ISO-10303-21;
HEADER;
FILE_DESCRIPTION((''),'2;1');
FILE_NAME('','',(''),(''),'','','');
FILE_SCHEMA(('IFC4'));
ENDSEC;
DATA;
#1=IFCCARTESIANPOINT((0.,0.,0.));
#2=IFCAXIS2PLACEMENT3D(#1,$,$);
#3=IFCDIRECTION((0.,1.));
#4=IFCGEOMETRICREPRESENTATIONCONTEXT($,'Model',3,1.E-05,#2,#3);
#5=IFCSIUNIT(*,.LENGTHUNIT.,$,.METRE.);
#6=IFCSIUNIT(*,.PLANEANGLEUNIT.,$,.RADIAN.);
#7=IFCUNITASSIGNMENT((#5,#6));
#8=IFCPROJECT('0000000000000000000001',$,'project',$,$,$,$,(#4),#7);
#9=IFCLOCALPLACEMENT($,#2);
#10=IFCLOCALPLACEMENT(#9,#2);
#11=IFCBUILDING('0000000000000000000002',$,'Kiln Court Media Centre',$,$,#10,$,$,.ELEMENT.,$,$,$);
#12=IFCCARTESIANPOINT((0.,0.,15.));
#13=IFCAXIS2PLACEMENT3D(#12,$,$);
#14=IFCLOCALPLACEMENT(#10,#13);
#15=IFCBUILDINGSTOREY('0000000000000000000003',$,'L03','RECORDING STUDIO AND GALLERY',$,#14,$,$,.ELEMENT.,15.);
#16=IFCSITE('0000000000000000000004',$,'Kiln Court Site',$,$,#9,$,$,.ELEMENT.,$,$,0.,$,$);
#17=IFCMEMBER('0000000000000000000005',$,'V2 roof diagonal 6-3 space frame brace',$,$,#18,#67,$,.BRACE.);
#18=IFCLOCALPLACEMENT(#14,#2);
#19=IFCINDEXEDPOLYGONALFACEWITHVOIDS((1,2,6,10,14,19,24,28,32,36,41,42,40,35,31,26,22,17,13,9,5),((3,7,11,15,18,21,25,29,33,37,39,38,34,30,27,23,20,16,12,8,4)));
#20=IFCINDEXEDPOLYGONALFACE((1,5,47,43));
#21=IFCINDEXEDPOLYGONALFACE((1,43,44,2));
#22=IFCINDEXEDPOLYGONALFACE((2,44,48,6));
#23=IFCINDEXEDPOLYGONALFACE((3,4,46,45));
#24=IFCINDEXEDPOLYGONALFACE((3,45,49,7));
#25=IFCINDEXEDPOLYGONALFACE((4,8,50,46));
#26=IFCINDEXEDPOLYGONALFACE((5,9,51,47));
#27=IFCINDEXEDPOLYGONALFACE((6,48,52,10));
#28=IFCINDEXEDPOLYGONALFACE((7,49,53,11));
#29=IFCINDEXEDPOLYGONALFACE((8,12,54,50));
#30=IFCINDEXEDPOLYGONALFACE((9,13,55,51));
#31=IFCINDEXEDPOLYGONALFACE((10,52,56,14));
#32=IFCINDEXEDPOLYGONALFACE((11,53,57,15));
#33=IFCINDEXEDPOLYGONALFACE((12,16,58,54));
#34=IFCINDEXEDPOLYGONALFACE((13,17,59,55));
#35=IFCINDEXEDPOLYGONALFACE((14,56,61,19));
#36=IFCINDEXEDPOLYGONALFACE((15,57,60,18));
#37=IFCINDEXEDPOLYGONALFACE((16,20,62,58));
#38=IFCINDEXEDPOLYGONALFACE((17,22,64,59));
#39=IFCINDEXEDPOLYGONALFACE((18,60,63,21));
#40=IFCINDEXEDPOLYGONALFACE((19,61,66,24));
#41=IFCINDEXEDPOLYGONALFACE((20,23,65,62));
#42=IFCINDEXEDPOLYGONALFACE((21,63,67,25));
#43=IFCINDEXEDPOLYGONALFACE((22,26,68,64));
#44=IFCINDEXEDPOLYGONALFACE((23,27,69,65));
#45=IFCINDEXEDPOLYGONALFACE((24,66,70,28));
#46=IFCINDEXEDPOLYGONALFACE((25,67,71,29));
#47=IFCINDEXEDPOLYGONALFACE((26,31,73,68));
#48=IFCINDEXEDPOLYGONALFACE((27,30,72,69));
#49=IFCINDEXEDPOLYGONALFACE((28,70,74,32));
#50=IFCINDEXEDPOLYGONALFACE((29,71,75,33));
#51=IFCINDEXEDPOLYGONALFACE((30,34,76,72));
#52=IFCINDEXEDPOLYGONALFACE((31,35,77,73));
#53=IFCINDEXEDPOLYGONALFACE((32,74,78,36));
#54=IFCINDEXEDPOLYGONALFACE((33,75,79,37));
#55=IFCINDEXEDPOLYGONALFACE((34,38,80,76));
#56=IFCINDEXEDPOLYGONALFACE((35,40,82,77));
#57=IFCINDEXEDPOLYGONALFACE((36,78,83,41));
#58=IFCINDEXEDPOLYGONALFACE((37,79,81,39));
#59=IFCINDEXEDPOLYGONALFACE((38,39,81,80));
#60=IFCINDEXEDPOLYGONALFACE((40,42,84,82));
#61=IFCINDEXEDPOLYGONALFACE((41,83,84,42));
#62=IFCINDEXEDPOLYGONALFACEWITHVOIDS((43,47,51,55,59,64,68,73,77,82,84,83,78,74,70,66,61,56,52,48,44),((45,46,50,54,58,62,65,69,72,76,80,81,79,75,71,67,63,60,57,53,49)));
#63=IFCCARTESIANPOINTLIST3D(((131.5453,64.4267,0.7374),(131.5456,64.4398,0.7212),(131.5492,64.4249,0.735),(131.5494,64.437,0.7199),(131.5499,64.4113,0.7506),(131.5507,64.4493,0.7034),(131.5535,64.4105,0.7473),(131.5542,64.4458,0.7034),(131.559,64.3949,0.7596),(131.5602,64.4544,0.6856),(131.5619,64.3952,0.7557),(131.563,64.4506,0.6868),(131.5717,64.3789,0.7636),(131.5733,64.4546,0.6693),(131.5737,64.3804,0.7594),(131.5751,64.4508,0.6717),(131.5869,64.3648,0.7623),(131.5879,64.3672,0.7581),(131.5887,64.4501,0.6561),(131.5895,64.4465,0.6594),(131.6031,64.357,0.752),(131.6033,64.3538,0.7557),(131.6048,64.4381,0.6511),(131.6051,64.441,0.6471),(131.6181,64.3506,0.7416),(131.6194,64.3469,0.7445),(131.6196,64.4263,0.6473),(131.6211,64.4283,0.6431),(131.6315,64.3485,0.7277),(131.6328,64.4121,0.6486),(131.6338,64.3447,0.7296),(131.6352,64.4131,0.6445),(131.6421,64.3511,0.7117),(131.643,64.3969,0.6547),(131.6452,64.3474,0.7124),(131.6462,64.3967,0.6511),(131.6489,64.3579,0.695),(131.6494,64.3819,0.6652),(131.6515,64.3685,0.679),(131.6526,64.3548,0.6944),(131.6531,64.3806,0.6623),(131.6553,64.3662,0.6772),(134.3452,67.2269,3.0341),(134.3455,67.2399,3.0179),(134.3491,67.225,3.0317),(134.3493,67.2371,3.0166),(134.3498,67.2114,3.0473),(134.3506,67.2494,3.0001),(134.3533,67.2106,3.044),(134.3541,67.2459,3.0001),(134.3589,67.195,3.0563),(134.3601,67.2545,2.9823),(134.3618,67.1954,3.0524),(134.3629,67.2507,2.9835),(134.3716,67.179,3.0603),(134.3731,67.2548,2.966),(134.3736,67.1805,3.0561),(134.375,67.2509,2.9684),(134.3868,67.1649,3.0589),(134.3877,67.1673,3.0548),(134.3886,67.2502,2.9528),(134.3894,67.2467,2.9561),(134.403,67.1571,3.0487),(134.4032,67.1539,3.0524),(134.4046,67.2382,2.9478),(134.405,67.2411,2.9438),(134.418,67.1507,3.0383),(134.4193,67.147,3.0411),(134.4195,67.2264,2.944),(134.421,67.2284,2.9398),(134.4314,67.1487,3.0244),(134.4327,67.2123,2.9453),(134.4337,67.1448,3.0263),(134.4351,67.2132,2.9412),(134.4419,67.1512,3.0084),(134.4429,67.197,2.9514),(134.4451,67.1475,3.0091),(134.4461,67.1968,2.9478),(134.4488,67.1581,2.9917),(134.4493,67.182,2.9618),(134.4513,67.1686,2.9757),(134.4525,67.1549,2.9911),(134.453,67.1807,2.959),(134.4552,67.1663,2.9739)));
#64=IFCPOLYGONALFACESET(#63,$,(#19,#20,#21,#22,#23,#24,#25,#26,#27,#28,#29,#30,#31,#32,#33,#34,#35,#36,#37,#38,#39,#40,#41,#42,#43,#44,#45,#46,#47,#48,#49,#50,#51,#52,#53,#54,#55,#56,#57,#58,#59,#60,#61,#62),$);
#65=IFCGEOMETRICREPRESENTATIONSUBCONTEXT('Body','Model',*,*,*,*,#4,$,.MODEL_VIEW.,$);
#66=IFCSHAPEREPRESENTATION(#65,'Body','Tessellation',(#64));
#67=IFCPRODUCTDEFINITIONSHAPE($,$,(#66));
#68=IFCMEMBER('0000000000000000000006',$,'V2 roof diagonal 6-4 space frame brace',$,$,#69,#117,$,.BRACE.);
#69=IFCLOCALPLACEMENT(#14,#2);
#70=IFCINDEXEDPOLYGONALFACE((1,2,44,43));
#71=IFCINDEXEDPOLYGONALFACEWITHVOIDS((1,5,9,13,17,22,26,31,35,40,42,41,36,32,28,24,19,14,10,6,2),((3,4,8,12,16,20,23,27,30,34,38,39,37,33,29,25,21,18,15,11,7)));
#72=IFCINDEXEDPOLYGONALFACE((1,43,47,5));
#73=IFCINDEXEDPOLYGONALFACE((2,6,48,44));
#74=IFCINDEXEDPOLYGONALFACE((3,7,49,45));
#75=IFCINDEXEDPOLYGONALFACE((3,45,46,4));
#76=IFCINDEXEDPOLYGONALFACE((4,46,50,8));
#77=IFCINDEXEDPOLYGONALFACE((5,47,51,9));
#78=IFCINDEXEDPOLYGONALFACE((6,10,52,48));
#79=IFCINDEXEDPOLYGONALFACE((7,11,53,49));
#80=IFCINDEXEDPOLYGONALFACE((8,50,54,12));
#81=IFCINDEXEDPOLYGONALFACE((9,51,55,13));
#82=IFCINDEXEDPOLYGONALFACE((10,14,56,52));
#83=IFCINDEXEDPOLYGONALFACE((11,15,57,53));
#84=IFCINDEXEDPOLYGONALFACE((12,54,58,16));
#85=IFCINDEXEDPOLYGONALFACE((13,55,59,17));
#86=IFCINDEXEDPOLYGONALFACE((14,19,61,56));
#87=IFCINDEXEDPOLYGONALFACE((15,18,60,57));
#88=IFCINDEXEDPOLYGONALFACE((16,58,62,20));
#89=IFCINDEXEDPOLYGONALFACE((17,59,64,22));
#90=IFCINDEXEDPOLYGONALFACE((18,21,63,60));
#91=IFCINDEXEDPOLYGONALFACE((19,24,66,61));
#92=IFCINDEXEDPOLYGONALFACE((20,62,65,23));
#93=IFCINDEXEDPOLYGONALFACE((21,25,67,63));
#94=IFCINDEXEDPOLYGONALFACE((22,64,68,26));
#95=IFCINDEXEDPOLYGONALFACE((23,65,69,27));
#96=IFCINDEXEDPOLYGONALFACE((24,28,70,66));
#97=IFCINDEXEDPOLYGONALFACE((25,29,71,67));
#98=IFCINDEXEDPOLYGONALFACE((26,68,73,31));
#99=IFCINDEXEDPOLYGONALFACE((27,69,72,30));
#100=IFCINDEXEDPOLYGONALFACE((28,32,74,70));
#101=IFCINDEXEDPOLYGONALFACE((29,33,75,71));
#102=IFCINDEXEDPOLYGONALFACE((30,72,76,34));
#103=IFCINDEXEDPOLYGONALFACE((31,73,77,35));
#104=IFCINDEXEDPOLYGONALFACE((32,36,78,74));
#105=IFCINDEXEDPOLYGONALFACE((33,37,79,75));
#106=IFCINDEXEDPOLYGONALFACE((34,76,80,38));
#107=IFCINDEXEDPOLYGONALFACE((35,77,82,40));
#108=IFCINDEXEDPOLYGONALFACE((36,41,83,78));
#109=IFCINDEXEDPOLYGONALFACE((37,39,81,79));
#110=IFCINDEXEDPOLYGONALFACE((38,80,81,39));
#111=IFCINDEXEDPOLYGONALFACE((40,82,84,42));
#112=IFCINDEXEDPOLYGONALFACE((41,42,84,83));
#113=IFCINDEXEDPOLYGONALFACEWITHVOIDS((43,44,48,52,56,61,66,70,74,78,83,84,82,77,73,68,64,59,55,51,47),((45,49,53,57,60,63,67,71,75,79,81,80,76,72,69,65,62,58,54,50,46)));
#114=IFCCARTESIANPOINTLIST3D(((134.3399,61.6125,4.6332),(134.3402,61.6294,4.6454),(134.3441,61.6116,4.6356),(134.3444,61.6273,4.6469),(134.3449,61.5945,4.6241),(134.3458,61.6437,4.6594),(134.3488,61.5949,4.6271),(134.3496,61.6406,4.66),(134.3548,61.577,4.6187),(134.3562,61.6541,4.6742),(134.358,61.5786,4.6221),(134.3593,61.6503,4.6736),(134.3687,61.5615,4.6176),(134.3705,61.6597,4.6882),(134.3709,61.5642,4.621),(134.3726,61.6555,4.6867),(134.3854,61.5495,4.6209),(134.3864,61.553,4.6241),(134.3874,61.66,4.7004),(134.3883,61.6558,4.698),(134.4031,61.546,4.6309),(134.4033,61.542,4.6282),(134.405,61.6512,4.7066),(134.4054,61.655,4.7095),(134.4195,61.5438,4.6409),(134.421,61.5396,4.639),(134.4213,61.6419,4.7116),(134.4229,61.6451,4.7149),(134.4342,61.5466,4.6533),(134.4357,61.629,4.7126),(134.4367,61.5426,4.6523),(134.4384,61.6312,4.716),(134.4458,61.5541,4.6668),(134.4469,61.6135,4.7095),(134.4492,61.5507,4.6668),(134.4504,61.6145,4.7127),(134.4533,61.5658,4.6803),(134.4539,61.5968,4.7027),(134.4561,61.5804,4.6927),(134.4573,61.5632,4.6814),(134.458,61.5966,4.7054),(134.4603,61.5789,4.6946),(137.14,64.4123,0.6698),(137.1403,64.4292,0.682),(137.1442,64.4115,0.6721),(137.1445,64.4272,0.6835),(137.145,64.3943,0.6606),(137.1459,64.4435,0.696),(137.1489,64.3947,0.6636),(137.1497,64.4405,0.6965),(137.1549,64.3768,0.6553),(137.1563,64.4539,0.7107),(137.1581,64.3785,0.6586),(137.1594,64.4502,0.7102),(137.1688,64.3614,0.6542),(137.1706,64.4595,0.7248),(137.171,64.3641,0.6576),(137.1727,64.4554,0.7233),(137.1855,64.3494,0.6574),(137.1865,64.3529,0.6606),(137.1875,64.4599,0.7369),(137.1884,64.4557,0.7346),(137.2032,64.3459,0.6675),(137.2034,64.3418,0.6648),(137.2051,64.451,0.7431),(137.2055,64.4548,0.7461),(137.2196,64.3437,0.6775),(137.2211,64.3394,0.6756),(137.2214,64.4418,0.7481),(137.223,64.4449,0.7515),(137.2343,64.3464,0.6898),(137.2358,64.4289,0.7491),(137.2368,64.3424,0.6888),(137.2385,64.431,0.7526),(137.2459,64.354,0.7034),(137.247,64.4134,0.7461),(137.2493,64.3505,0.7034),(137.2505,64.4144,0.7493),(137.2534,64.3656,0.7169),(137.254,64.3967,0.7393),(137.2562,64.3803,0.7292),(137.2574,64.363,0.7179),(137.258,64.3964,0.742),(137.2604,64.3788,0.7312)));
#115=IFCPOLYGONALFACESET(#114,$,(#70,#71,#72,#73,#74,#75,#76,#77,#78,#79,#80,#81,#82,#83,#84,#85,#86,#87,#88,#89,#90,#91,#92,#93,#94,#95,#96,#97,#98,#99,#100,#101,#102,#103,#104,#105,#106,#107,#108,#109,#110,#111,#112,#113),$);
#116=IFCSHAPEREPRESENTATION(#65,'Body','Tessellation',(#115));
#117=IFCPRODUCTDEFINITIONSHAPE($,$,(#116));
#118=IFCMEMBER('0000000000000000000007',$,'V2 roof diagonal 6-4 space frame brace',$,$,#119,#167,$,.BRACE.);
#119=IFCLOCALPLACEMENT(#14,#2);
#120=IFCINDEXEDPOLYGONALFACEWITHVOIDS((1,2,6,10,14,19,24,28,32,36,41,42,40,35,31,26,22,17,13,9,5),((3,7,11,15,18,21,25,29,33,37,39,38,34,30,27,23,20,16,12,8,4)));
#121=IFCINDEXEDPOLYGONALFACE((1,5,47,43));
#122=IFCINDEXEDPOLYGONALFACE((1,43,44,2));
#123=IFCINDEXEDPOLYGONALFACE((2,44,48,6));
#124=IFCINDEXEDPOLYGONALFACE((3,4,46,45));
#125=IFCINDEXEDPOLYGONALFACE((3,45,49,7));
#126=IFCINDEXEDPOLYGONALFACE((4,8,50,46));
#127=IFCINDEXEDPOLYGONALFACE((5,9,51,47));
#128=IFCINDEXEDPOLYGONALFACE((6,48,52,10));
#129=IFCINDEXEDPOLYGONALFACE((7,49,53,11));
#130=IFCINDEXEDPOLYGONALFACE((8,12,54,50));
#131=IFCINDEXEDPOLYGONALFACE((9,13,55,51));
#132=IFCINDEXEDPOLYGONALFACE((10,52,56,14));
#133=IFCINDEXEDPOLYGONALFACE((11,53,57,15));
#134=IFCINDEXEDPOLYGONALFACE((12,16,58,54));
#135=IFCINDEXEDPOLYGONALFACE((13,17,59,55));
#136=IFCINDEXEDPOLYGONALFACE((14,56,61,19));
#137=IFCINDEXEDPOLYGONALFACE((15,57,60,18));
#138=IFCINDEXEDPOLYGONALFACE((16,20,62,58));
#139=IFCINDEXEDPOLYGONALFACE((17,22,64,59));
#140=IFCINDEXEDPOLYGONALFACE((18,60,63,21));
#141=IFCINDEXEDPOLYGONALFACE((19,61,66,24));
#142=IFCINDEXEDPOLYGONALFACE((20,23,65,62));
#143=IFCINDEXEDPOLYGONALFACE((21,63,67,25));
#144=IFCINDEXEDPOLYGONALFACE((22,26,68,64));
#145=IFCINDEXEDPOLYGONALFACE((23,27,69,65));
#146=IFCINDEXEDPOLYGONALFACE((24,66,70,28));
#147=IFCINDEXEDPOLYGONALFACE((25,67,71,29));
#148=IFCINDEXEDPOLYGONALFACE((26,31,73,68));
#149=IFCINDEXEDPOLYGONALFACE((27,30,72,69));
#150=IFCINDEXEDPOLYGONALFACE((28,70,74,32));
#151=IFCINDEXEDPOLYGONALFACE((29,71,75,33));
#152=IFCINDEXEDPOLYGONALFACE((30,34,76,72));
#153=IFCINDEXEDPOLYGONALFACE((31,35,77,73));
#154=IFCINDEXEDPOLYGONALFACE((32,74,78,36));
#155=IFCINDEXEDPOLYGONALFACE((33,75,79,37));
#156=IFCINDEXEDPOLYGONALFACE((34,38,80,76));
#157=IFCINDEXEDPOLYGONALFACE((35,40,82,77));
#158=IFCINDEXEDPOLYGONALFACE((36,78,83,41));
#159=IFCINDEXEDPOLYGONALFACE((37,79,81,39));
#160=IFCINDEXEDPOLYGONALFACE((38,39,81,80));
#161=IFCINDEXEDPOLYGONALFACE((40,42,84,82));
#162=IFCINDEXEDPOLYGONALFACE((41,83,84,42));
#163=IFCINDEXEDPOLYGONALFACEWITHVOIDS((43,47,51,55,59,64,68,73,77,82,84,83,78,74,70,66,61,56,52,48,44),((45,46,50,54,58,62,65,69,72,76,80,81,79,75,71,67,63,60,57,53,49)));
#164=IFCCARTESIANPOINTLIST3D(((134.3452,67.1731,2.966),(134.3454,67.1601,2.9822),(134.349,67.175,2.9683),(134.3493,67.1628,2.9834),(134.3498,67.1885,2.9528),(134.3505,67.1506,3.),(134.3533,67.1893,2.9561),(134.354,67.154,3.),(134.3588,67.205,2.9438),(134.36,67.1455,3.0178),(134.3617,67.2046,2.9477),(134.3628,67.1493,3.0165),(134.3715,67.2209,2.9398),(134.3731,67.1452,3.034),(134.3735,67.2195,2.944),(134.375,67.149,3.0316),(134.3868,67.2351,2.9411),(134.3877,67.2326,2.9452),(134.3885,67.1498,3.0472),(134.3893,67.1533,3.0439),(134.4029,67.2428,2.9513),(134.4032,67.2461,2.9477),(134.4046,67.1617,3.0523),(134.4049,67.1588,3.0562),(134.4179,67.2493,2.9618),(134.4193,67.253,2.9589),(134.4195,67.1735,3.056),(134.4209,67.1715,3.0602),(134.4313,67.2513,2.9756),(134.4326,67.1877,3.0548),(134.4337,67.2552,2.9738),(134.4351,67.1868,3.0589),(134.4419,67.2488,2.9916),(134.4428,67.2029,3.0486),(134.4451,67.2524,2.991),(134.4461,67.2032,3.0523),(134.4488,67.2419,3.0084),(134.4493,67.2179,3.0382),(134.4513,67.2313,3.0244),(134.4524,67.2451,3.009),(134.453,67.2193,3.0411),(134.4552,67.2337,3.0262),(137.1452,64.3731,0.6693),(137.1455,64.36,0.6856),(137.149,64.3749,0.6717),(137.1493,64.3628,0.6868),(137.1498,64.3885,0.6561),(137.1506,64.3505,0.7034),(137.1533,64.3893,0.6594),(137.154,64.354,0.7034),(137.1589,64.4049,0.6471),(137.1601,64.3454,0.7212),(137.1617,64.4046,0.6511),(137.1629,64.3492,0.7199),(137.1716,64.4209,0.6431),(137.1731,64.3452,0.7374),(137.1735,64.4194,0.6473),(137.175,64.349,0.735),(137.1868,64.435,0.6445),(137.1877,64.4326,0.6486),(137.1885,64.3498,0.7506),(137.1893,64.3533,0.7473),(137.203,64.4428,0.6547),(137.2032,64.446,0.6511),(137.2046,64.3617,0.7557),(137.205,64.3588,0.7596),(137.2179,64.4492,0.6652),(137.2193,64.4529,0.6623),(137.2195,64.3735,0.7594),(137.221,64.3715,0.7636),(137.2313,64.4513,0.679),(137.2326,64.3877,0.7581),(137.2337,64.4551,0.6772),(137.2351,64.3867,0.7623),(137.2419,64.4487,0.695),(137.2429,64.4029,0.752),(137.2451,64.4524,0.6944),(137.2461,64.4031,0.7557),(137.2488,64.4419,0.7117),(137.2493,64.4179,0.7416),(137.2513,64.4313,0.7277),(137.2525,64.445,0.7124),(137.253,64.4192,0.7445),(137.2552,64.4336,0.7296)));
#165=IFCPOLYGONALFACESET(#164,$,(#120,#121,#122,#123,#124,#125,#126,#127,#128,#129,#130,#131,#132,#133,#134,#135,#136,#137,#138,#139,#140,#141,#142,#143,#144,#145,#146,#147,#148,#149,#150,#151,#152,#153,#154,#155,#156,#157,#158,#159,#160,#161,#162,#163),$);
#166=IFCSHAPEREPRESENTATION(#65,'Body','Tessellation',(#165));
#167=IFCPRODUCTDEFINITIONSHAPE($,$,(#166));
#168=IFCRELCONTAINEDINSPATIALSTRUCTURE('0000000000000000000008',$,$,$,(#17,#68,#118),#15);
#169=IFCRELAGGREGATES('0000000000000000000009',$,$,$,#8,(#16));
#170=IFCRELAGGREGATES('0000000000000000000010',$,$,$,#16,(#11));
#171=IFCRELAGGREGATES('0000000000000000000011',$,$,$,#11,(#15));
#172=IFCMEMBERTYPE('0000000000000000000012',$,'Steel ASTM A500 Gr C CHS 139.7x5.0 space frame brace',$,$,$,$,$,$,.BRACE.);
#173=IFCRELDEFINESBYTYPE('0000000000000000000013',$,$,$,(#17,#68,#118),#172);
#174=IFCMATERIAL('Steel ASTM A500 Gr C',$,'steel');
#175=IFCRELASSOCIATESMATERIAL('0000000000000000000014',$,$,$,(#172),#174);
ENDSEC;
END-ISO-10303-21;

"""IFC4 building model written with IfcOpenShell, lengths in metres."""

from ifc_helpers import new_model, si_unit, direction, frame, origin, origin_2d, place, context, subcontext, project, spatial, hollow_circle, extrude, material, material_profile, profile_set, type_object, element, save


model = new_model("IFC4")

# Units and contexts
model_context = context("Model", 3, precision=1e-05, world=origin(), true_north=direction((0.0, 1.0)))
body_context = subcontext(model_context, "Body", "Model", "MODEL_VIEW")
ifc_project = project(units=[si_unit("LENGTHUNIT", "METRE"), si_unit("PLANEANGLEUNIT", "RADIAN")], contexts=[model_context])

# Site, building, storey
site_placement = place(None, origin())
site = spatial("IfcSite", under=ifc_project, at=site_placement, Name="Kiln Court Site", CompositionType="ELEMENT", RefElevation=0.0)
building_placement = place(site_placement, origin())
building = spatial("IfcBuilding", under=site, at=building_placement, Name="Kiln Court Media Centre", CompositionType="ELEMENT")
storey_placement = place(building_placement, frame((0.0, 0.0, 15.0)))
storey = spatial("IfcBuildingStorey", under=building, at=storey_placement, Name="L03", Description="RECORDING STUDIO AND GALLERY", CompositionType="ELEMENT", Elevation=15.0)

# Members
ifc_material_1 = material(Name="Steel ASTM A500 Gr C", Category="steel")
ifc_material_profile_1 = material_profile(ifc_material_1, hollow_circle(Radius=0.0698, WallThickness=0.0049, at=origin_2d()), Name="CHS 139.7x5.0")
ifc_profile_set_1 = profile_set([ifc_material_profile_1], Name="Steel ASTM A500 Gr C")
member_type_1 = type_object("IfcMemberType", Name="Steel ASTM A500 Gr C CHS 139.7x5.0 space frame brace", PredefinedType="BRACE", material=ifc_profile_set_1)
member_1_placement = place(storey_placement, frame((131.6001, 64.3999, 0.7034), z_axis=(0.611642, 0.611696, 0.501719), x_axis=(-0.707138, 0.707076, 0.0)))
element("IfcMember", 1, at=member_1_placement, inside=storey, type_object=member_type_1, Name="V2 roof diagonal 6-3 space frame brace", PredefinedType="BRACE", context=body_context, shape_type="SweptSolid", body=[
    extrude(hollow_circle(Radius=0.0698, WallThickness=0.0049, at=origin_2d()), origin(), (0.0, 0.0, 1.0), 4.5776),
])
member_2_placement = place(storey_placement, frame((137.2, 64.3999, 0.7034), z_axis=(-0.499789, -0.499746, 0.707436), x_axis=(0.707076, -0.707138, 0.0)))
element("IfcMember", 2, at=member_2_placement, inside=storey, type_object=member_type_1, Name="V2 roof diagonal 6-4 space frame brace", PredefinedType="BRACE", context=body_context, shape_type="SweptSolid", body=[
    extrude(hollow_circle(Radius=0.0698, WallThickness=0.0049, at=origin_2d()), origin(), (0.0, 0.0, 1.0), 5.6025),
])
member_3_placement = place(storey_placement, frame((137.2, 64.3999, 0.7034), z_axis=(-0.611676, 0.611676, 0.501703), x_axis=(-0.707107, -0.707107, 0.0)))
element("IfcMember", 3, at=member_3_placement, inside=storey, type_object=member_type_1, Name="V2 roof diagonal 6-4 space frame brace", PredefinedType="BRACE", context=body_context, shape_type="SweptSolid", body=[
    extrude(hollow_circle(Radius=0.0698, WallThickness=0.0049, at=origin_2d()), origin(), (0.0, 0.0, 1.0), 4.5776),
])

save(model, "model.ifc")
